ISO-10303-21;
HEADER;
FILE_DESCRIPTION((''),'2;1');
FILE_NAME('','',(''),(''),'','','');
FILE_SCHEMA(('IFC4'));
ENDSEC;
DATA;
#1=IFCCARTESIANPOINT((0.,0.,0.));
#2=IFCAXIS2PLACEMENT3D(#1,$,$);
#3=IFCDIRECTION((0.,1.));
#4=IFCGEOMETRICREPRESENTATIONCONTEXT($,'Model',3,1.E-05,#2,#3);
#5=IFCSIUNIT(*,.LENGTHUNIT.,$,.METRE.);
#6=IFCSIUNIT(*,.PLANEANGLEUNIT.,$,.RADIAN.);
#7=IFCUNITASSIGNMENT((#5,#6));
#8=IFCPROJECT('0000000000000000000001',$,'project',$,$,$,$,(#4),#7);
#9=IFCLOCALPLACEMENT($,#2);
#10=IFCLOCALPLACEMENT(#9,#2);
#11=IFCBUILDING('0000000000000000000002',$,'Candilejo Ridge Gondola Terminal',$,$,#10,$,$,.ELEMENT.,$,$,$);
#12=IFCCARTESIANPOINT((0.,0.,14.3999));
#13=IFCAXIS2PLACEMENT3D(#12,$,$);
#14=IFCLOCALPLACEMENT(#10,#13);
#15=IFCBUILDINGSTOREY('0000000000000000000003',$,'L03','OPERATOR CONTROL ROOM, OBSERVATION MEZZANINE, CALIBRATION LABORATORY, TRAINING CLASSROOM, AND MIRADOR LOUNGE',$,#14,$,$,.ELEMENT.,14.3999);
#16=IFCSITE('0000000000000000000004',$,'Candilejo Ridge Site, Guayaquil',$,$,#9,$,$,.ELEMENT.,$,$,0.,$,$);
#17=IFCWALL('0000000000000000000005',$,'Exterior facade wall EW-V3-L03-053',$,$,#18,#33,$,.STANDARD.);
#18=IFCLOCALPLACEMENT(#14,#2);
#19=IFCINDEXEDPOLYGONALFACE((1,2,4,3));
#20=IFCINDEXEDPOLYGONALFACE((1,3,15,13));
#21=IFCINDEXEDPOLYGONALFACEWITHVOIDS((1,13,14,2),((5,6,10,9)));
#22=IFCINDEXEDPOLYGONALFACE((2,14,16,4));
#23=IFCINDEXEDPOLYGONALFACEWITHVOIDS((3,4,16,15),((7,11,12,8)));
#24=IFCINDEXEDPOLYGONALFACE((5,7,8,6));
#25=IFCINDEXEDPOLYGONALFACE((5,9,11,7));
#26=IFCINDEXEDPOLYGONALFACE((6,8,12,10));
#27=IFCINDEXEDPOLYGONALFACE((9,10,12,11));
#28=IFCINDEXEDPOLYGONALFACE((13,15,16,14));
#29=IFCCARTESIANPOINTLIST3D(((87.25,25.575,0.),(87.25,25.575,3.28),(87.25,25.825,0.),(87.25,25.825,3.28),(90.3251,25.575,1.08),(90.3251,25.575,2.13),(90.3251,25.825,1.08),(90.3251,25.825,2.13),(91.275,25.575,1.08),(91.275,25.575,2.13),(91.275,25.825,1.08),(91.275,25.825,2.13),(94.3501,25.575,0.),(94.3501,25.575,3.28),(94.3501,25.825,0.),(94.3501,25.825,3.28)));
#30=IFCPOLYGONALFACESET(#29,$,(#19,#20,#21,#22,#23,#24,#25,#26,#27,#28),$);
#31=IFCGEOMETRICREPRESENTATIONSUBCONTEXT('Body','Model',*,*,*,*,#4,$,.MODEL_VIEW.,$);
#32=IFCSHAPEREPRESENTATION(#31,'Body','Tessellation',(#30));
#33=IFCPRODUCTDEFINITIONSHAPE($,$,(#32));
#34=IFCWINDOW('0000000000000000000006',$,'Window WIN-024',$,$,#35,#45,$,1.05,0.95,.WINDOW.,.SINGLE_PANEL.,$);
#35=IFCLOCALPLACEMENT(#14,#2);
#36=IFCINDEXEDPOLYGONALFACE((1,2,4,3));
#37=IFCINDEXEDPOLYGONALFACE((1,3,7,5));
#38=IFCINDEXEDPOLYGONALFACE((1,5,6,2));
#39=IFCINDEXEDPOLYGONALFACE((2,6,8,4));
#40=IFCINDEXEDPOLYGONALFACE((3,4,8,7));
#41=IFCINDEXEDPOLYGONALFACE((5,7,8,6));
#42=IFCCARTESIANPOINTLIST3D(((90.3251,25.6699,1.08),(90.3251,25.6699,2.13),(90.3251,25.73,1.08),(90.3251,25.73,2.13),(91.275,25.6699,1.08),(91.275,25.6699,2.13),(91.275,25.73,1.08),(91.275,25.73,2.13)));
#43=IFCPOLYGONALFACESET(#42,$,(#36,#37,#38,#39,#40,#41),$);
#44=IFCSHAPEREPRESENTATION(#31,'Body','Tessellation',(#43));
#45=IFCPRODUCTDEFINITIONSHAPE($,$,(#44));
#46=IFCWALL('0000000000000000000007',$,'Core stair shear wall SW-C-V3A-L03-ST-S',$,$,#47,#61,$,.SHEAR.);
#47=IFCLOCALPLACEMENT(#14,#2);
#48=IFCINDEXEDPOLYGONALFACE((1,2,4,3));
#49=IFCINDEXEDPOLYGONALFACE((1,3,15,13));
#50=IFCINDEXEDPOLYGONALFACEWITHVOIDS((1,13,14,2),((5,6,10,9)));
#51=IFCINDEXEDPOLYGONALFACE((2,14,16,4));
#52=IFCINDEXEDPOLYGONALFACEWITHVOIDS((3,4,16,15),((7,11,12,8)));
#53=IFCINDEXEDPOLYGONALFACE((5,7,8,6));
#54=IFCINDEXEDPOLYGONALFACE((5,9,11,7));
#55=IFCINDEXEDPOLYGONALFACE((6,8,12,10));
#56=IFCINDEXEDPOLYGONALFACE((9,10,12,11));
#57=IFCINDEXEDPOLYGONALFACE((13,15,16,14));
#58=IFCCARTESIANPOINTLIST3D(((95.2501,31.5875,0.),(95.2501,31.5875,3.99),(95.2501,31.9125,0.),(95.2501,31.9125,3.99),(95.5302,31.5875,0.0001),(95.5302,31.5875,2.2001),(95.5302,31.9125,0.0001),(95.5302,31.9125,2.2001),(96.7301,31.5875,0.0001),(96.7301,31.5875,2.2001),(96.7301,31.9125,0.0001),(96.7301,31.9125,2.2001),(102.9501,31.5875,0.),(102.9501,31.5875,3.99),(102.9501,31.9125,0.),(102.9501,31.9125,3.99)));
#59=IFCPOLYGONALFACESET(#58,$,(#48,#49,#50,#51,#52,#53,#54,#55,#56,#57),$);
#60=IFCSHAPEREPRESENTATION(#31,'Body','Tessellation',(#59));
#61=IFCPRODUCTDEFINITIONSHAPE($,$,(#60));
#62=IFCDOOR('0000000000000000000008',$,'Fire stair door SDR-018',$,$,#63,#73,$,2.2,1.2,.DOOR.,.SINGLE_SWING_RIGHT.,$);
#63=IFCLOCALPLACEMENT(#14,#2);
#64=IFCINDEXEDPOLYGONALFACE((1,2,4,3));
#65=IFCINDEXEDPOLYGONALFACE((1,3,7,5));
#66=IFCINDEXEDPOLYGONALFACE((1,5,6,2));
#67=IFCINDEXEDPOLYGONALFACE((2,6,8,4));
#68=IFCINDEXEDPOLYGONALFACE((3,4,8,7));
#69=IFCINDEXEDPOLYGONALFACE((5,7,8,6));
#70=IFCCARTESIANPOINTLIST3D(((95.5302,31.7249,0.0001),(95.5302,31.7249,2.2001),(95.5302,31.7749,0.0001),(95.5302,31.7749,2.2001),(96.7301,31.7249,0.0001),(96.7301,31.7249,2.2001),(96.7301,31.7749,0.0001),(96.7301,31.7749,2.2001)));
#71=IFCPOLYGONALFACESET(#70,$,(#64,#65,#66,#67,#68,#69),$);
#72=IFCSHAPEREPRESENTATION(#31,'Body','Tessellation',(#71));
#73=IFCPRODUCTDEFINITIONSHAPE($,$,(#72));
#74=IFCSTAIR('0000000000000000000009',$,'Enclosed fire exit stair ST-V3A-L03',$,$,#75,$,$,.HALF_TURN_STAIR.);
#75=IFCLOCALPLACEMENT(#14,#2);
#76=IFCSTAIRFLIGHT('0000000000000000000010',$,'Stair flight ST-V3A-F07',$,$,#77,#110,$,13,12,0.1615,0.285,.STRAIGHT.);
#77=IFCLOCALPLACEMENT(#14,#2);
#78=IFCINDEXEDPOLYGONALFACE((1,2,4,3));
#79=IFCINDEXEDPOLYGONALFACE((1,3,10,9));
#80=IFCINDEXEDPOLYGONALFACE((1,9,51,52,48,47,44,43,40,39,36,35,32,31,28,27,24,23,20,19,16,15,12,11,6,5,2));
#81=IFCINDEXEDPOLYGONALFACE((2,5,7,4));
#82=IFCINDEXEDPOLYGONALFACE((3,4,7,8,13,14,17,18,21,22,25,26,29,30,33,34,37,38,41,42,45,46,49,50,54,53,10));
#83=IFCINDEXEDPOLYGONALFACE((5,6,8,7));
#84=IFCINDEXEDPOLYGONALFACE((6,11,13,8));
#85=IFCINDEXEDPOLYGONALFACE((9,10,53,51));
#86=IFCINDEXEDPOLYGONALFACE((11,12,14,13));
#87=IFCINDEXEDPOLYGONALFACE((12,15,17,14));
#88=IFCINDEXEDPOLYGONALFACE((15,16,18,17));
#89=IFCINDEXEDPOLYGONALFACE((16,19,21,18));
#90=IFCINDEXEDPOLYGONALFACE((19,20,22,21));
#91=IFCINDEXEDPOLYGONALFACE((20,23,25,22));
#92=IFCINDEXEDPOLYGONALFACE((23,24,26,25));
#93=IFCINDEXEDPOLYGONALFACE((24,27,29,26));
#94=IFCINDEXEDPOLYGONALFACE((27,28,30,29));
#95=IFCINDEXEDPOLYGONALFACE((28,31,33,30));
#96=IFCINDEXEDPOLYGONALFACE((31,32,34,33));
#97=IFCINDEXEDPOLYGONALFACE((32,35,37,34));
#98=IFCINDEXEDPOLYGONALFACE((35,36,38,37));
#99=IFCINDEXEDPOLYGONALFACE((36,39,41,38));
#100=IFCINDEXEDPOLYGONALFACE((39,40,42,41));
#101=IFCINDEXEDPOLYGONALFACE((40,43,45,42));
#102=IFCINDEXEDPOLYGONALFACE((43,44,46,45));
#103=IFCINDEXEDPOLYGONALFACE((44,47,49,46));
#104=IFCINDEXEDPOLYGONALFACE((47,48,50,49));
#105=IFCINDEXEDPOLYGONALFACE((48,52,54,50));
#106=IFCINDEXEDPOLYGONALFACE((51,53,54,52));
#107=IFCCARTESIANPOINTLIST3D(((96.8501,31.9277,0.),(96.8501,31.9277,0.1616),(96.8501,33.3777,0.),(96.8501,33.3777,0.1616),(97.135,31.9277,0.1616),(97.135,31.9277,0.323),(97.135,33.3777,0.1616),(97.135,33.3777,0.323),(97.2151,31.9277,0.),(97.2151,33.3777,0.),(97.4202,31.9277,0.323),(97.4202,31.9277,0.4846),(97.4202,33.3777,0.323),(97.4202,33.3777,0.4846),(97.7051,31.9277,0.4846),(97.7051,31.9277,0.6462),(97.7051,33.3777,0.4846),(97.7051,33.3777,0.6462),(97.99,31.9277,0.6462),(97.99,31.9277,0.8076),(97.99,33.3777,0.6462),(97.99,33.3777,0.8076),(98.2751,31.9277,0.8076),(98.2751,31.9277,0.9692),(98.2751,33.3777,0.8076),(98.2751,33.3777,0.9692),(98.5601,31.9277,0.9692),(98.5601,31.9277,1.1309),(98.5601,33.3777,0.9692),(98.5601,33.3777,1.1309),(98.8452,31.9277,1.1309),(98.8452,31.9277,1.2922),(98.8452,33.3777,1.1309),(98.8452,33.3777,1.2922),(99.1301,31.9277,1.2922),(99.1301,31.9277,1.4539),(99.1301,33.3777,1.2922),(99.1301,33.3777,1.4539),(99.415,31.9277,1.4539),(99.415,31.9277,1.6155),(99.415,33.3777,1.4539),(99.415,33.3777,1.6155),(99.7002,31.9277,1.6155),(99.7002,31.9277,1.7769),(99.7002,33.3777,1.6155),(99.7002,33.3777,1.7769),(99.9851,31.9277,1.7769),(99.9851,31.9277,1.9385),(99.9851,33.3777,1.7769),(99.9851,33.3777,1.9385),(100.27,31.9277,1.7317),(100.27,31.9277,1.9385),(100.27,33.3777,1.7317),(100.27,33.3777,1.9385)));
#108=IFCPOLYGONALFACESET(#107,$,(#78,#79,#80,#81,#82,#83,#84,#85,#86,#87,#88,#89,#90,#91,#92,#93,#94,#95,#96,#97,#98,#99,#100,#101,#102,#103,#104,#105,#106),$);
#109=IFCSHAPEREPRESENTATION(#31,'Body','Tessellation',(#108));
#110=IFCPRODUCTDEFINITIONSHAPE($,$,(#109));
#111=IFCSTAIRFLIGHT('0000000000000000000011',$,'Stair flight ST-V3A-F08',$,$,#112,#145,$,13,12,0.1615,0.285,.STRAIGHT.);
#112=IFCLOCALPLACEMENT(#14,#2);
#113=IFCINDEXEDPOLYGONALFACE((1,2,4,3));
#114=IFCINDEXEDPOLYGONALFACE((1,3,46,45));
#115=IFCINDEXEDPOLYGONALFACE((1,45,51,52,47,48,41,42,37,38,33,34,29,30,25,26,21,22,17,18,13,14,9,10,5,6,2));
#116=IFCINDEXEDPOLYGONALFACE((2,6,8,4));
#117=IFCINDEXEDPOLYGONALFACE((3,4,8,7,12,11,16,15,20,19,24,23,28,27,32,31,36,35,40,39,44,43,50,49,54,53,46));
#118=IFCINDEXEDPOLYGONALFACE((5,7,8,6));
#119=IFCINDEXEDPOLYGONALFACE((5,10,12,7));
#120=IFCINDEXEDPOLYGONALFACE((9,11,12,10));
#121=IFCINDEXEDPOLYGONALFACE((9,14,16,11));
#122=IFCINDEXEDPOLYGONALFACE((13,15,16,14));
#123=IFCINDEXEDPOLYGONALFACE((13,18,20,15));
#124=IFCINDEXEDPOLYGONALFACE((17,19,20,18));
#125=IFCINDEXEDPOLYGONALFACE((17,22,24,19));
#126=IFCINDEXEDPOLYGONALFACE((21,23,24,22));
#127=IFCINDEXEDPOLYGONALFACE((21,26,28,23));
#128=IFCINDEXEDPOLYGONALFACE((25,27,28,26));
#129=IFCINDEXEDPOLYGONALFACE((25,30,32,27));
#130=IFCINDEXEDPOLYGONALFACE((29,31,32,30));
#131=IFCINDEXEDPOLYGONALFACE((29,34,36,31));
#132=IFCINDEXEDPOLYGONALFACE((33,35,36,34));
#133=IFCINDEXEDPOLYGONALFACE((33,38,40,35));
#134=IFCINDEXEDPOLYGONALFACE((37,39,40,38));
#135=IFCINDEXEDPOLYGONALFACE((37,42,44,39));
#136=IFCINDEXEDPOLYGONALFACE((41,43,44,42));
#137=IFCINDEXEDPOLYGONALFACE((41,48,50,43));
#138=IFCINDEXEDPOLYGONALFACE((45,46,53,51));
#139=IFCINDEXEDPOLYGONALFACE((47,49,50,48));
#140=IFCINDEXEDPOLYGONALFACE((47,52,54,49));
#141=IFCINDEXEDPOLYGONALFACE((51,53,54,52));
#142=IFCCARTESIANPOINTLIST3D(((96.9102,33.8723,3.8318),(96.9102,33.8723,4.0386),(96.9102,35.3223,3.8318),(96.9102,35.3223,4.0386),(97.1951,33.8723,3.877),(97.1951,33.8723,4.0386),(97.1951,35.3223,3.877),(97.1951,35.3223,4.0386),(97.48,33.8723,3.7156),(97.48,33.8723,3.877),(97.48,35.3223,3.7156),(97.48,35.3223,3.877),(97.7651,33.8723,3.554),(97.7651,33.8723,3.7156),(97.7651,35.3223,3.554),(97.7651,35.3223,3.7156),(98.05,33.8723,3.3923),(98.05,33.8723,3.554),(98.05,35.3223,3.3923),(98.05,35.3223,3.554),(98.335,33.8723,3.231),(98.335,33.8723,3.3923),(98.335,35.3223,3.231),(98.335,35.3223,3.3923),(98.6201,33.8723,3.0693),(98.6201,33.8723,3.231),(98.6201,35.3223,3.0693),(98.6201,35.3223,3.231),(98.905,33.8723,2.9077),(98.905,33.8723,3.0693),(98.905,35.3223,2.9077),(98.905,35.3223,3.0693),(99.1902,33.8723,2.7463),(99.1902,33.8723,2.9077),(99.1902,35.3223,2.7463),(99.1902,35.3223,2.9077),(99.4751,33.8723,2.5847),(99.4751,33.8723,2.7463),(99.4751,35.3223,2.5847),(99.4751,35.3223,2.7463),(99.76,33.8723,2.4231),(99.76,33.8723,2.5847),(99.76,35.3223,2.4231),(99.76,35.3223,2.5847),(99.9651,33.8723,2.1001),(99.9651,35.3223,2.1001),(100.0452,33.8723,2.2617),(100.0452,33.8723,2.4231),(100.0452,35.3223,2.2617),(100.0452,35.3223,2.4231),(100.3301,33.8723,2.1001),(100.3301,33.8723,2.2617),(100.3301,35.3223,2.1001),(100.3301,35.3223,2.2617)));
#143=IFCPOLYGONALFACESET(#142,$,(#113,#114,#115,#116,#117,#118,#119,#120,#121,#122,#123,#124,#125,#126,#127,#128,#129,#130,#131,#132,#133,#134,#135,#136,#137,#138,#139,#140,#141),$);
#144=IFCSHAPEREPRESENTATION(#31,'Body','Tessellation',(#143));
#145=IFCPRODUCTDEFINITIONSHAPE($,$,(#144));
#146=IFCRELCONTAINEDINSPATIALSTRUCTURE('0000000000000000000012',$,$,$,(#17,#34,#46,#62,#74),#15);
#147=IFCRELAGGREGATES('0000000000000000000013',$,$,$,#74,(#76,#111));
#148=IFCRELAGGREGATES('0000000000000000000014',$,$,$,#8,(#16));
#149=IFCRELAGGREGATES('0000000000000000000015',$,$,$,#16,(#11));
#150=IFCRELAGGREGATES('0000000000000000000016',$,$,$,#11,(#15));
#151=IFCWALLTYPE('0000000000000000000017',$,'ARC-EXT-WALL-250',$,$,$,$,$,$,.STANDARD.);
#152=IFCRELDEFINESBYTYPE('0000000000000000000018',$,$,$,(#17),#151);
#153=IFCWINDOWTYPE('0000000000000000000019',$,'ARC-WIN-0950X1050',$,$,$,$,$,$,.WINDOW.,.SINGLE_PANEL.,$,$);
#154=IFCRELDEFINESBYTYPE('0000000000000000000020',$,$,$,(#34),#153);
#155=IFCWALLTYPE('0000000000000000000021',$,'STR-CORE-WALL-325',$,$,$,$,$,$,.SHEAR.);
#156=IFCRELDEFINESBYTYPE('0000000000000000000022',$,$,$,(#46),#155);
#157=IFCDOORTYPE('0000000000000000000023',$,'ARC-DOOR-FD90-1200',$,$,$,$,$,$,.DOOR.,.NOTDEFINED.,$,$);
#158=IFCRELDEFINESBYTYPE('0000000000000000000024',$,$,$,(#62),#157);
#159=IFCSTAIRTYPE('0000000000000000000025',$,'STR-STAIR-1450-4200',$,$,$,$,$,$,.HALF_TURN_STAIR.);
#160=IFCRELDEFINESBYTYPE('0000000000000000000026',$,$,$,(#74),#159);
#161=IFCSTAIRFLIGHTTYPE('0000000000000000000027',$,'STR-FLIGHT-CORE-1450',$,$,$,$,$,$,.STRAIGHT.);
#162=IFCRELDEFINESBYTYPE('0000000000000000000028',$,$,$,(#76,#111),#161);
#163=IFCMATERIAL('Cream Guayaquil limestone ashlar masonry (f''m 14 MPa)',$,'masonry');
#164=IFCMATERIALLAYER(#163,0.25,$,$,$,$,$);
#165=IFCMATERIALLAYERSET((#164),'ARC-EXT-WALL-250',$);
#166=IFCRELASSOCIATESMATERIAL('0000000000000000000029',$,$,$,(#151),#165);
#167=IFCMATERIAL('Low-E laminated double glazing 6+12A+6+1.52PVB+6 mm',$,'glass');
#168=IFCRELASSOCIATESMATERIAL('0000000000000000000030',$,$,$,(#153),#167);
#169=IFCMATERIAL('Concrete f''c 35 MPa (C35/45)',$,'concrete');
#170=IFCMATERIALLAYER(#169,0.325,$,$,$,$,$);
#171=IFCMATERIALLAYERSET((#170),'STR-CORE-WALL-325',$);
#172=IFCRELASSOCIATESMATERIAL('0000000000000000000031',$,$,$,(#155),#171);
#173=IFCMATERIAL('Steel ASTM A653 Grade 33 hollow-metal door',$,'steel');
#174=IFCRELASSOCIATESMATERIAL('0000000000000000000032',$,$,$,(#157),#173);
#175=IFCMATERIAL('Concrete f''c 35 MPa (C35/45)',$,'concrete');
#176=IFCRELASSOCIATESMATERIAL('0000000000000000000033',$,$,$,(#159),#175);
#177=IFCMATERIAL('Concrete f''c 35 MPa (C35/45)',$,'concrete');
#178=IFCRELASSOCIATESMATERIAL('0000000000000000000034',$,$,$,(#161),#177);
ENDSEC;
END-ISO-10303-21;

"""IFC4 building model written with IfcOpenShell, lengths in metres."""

from ifc_helpers import new_model, si_unit, direction, frame, frame_2d, origin, place, context, subcontext, project, spatial, polyline, rectangle, outline, extrude, material, layer, layer_set, type_object, element, fill, aggregate, save


model = new_model("IFC4")

# Units and contexts
model_context = context("Model", 3, precision=1e-05, world=origin(), true_north=direction((0.0, 1.0)))
body_context = subcontext(model_context, "Body", "Model", "MODEL_VIEW")
ifc_project = project(units=[si_unit("LENGTHUNIT", "METRE"), si_unit("PLANEANGLEUNIT", "RADIAN")], contexts=[model_context])

# Site, building, storey
site_placement = place(None, origin())
site = spatial("IfcSite", under=ifc_project, at=site_placement, Name="Candilejo Ridge Site, Guayaquil", CompositionType="ELEMENT", RefElevation=0.0)
building_placement = place(site_placement, origin())
building = spatial("IfcBuilding", under=site, at=building_placement, Name="Candilejo Ridge Gondola Terminal", CompositionType="ELEMENT")
storey_placement = place(building_placement, frame((0.0, 0.0, 14.3999)))
storey = spatial("IfcBuildingStorey", under=building, at=storey_placement, Name="L03", Description="OPERATOR CONTROL ROOM, OBSERVATION MEZZANINE, CALIBRATION LABORATORY, TRAINING CLASSROOM, AND MIRADOR LOUNGE", CompositionType="ELEMENT", Elevation=14.3999)

# Wall, opening, window
ifc_material_1 = material(Name="Cream Guayaquil limestone ashlar masonry (f'm 14 MPa)", Category="masonry")
ifc_layer_1 = layer(ifc_material_1, 0.25)
ifc_layer_set_1 = layer_set([ifc_layer_1], Name="ARC-EXT-WALL-250")
wall_type_1 = type_object("IfcWallType", Name="ARC-EXT-WALL-250", PredefinedType="STANDARD", material=ifc_layer_set_1)
wall_1_placement = place(storey_placement, frame((94.3501, 25.7, 0.0), z_axis=(0.0, 0.0, 1.0), x_axis=(-1.0, 0.0, 0.0)))
wall_1 = element("IfcWall", 1, at=wall_1_placement, inside=storey, type_object=wall_type_1, Name="Exterior facade wall EW-V3-L03-053", PredefinedType="STANDARD", context=body_context, shape_type="SweptSolid", body=[
    extrude(rectangle(XDim=7.1001, YDim=0.25, at=frame_2d((3.55, 0.0))), origin(), (0.0, 0.0, 1.0), 3.28),
])
opening_1_placement = place(wall_1_placement, frame((3.075, 0.0, 1.0801)))
opening_1 = element("IfcOpeningElement", 2, at=opening_1_placement, cuts=wall_1, PredefinedType="OPENING", context=body_context, shape_type="SweptSolid", body=[
    extrude(rectangle(XDim=0.95, YDim=1.05, at=frame_2d((0.4751, 0.5249))), frame((0.0, 0.135, 0.0), z_axis=(0.0, -1.0, 0.0), x_axis=(1.0, 0.0, 0.0)), (0.0, 0.0, 1.0), 0.27),
])
ifc_material_2 = material(Name="Low-E laminated double glazing 6+12A+6+1.52PVB+6 mm", Category="glass")
window_type = type_object("IfcWindowType", Name="ARC-WIN-0950X1050", PartitioningType="SINGLE_PANEL", PredefinedType="WINDOW", material=ifc_material_2)
window_placement = place(opening_1_placement, origin())
window = element("IfcWindow", 3, at=window_placement, inside=storey, type_object=window_type, Name="Window WIN-024", OverallHeight=1.05, OverallWidth=0.95, PartitioningType="SINGLE_PANEL", PredefinedType="WINDOW", context=body_context, shape_type="SweptSolid", body=[
    extrude(rectangle(XDim=0.95, YDim=1.05, at=frame_2d((0.4751, 0.5249))), frame((0.0, 0.03, 0.0), z_axis=(0.0, -1.0, 0.0), x_axis=(1.0, 0.0, 0.0)), (0.0, 0.0, 1.0), 0.0601),
])
fill(opening_1, window)

# Wall, opening, door
ifc_material_3 = material(Name="Concrete f'c 35 MPa (C35/45)", Category="concrete")
ifc_layer_2 = layer(ifc_material_3, 0.325)
ifc_layer_set_2 = layer_set([ifc_layer_2], Name="STR-CORE-WALL-325")
wall_type_2 = type_object("IfcWallType", Name="STR-CORE-WALL-325", PredefinedType="SHEAR", material=ifc_layer_set_2)
wall_2_placement = place(storey_placement, frame((95.25, 31.75, 0.0), z_axis=(0.0, 0.0, 1.0), x_axis=(1.0, 0.0, 0.0)))
wall_2 = element("IfcWall", 4, at=wall_2_placement, inside=storey, type_object=wall_type_2, Name="Core stair shear wall SW-C-V3A-L03-ST-S", PredefinedType="SHEAR", context=body_context, shape_type="SweptSolid", body=[
    extrude(rectangle(XDim=7.7, YDim=0.325, at=frame_2d((3.8501, 0.0))), origin(), (0.0, 0.0, 1.0), 3.99),
])
opening_2_placement = place(wall_2_placement, frame((0.28, 0.0, 0.0)))
opening_2 = element("IfcOpeningElement", 5, at=opening_2_placement, cuts=wall_2, PredefinedType="OPENING", context=body_context, shape_type="SweptSolid", body=[
    extrude(rectangle(XDim=1.2, YDim=2.2, at=frame_2d((0.6001, 1.1001))), frame((0.0, 0.1724, 0.0), z_axis=(0.0, -1.0, 0.0), x_axis=(1.0, 0.0, 0.0)), (0.0, 0.0, 1.0), 0.345),
])
ifc_material_4 = material(Name="Steel ASTM A653 Grade 33 hollow-metal door", Category="steel")
door_type = type_object("IfcDoorType", Name="ARC-DOOR-FD90-1200", OperationType="NOTDEFINED", PredefinedType="DOOR", material=ifc_material_4)
door_placement = place(opening_2_placement, origin())
door = element("IfcDoor", 6, at=door_placement, inside=storey, type_object=door_type, Name="Fire stair door SDR-018", OperationType="SINGLE_SWING_RIGHT", OverallHeight=2.2, OverallWidth=1.2, PredefinedType="DOOR", context=body_context, shape_type="SweptSolid", body=[
    extrude(rectangle(XDim=1.2, YDim=2.2, at=frame_2d((0.6001, 1.1001))), frame((0.0, 0.0249, 0.0), z_axis=(0.0, -1.0, 0.0), x_axis=(1.0, 0.0, 0.0)), (0.0, 0.0, 1.0), 0.05),
])
fill(opening_2, door)

# Stair, stair flights
ifc_material_5 = material(Name="Concrete f'c 35 MPa (C35/45)", Category="concrete")
stair_type = type_object("IfcStairType", Name="STR-STAIR-1450-4200", PredefinedType="HALF_TURN_STAIR", material=ifc_material_5)
stair_placement = place(storey_placement, origin())
stair = element("IfcStair", 7, at=stair_placement, inside=storey, type_object=stair_type, Name="Enclosed fire exit stair ST-V3A-L03", PredefinedType="HALF_TURN_STAIR")
ifc_material_6 = material(Name="Concrete f'c 35 MPa (C35/45)", Category="concrete")
stair_flight_type = type_object("IfcStairFlightType", Name="STR-FLIGHT-CORE-1450", PredefinedType="STRAIGHT", material=ifc_material_6)
stair_flight_1_placement = place(storey_placement, frame((96.8501, 32.6526, 0.0), z_axis=(0.0, 0.0, 1.0), x_axis=(1.0, 0.0, 0.0)))
stair_flight_1 = element("IfcStairFlight", 8, at=stair_flight_1_placement, type_object=stair_flight_type, Name="Stair flight ST-V3A-F07", NumberOfRisers=13, NumberOfTreads=12, PredefinedType="STRAIGHT", RiserHeight=0.1615, TreadLength=0.285, context=body_context, shape_type="SweptSolid", body=[
    extrude(outline(polyline([(0.0, 0.0), (0.0, 0.1616), (0.2849, 0.1616), (0.2849, 0.323), (0.5701, 0.323), (0.5701, 0.4846), (0.855, 0.4846), (0.855, 0.6462), (1.1399, 0.6462), (1.1399, 0.8076), (1.425, 0.8076), (1.425, 0.9692), (1.71, 0.9692), (1.71, 1.1309), (1.9951, 1.1309), (1.9951, 1.2922), (2.28, 1.2922), (2.28, 1.4539), (2.5649, 1.4539), (2.5649, 1.6155), (2.8501, 1.6155), (2.8501, 1.7769), (3.135, 1.7769), (3.135, 1.9385), (3.4199, 1.9385), (3.4199, 2.1001), (3.4199, 1.7317), (0.365, 0.0), (0.0, 0.0)])), frame((0.0, 0.7251, 0.0), z_axis=(0.0, -1.0, 0.0), x_axis=(1.0, 0.0, 0.0)), (0.0, 0.0, 1.0), 1.45),
])
stair_flight_2_placement = place(storey_placement, frame((100.3301, 34.5974, 2.1001), z_axis=(0.0, 0.0, 1.0), x_axis=(-1.0, 0.0, 0.0)))
stair_flight_2 = element("IfcStairFlight", 9, at=stair_flight_2_placement, type_object=stair_flight_type, Name="Stair flight ST-V3A-F08", NumberOfRisers=13, NumberOfTreads=12, PredefinedType="STRAIGHT", RiserHeight=0.1615, TreadLength=0.285, context=body_context, shape_type="SweptSolid", body=[
    extrude(outline(polyline([(0.0, 0.0), (0.0, 0.1616), (0.2849, 0.1616), (0.2849, 0.323), (0.5701, 0.323), (0.5701, 0.4846), (0.855, 0.4846), (0.855, 0.6462), (1.1399, 0.6462), (1.1399, 0.8076), (1.425, 0.8076), (1.425, 0.9692), (1.71, 0.9692), (1.71, 1.1309), (1.9951, 1.1309), (1.9951, 1.2922), (2.28, 1.2922), (2.28, 1.4539), (2.5649, 1.4539), (2.5649, 1.6155), (2.8501, 1.6155), (2.8501, 1.7769), (3.135, 1.7769), (3.135, 1.9385), (3.4199, 1.9385), (3.4199, 2.1001), (3.4199, 1.7317), (0.365, 0.0), (0.0, 0.0)])), frame((0.0, 0.7251, 0.0), z_axis=(0.0, -1.0, 0.0), x_axis=(1.0, 0.0, 0.0)), (0.0, 0.0, 1.0), 1.45),
])
aggregate(stair, [stair_flight_1, stair_flight_2])

save(model, "model.ifc")
